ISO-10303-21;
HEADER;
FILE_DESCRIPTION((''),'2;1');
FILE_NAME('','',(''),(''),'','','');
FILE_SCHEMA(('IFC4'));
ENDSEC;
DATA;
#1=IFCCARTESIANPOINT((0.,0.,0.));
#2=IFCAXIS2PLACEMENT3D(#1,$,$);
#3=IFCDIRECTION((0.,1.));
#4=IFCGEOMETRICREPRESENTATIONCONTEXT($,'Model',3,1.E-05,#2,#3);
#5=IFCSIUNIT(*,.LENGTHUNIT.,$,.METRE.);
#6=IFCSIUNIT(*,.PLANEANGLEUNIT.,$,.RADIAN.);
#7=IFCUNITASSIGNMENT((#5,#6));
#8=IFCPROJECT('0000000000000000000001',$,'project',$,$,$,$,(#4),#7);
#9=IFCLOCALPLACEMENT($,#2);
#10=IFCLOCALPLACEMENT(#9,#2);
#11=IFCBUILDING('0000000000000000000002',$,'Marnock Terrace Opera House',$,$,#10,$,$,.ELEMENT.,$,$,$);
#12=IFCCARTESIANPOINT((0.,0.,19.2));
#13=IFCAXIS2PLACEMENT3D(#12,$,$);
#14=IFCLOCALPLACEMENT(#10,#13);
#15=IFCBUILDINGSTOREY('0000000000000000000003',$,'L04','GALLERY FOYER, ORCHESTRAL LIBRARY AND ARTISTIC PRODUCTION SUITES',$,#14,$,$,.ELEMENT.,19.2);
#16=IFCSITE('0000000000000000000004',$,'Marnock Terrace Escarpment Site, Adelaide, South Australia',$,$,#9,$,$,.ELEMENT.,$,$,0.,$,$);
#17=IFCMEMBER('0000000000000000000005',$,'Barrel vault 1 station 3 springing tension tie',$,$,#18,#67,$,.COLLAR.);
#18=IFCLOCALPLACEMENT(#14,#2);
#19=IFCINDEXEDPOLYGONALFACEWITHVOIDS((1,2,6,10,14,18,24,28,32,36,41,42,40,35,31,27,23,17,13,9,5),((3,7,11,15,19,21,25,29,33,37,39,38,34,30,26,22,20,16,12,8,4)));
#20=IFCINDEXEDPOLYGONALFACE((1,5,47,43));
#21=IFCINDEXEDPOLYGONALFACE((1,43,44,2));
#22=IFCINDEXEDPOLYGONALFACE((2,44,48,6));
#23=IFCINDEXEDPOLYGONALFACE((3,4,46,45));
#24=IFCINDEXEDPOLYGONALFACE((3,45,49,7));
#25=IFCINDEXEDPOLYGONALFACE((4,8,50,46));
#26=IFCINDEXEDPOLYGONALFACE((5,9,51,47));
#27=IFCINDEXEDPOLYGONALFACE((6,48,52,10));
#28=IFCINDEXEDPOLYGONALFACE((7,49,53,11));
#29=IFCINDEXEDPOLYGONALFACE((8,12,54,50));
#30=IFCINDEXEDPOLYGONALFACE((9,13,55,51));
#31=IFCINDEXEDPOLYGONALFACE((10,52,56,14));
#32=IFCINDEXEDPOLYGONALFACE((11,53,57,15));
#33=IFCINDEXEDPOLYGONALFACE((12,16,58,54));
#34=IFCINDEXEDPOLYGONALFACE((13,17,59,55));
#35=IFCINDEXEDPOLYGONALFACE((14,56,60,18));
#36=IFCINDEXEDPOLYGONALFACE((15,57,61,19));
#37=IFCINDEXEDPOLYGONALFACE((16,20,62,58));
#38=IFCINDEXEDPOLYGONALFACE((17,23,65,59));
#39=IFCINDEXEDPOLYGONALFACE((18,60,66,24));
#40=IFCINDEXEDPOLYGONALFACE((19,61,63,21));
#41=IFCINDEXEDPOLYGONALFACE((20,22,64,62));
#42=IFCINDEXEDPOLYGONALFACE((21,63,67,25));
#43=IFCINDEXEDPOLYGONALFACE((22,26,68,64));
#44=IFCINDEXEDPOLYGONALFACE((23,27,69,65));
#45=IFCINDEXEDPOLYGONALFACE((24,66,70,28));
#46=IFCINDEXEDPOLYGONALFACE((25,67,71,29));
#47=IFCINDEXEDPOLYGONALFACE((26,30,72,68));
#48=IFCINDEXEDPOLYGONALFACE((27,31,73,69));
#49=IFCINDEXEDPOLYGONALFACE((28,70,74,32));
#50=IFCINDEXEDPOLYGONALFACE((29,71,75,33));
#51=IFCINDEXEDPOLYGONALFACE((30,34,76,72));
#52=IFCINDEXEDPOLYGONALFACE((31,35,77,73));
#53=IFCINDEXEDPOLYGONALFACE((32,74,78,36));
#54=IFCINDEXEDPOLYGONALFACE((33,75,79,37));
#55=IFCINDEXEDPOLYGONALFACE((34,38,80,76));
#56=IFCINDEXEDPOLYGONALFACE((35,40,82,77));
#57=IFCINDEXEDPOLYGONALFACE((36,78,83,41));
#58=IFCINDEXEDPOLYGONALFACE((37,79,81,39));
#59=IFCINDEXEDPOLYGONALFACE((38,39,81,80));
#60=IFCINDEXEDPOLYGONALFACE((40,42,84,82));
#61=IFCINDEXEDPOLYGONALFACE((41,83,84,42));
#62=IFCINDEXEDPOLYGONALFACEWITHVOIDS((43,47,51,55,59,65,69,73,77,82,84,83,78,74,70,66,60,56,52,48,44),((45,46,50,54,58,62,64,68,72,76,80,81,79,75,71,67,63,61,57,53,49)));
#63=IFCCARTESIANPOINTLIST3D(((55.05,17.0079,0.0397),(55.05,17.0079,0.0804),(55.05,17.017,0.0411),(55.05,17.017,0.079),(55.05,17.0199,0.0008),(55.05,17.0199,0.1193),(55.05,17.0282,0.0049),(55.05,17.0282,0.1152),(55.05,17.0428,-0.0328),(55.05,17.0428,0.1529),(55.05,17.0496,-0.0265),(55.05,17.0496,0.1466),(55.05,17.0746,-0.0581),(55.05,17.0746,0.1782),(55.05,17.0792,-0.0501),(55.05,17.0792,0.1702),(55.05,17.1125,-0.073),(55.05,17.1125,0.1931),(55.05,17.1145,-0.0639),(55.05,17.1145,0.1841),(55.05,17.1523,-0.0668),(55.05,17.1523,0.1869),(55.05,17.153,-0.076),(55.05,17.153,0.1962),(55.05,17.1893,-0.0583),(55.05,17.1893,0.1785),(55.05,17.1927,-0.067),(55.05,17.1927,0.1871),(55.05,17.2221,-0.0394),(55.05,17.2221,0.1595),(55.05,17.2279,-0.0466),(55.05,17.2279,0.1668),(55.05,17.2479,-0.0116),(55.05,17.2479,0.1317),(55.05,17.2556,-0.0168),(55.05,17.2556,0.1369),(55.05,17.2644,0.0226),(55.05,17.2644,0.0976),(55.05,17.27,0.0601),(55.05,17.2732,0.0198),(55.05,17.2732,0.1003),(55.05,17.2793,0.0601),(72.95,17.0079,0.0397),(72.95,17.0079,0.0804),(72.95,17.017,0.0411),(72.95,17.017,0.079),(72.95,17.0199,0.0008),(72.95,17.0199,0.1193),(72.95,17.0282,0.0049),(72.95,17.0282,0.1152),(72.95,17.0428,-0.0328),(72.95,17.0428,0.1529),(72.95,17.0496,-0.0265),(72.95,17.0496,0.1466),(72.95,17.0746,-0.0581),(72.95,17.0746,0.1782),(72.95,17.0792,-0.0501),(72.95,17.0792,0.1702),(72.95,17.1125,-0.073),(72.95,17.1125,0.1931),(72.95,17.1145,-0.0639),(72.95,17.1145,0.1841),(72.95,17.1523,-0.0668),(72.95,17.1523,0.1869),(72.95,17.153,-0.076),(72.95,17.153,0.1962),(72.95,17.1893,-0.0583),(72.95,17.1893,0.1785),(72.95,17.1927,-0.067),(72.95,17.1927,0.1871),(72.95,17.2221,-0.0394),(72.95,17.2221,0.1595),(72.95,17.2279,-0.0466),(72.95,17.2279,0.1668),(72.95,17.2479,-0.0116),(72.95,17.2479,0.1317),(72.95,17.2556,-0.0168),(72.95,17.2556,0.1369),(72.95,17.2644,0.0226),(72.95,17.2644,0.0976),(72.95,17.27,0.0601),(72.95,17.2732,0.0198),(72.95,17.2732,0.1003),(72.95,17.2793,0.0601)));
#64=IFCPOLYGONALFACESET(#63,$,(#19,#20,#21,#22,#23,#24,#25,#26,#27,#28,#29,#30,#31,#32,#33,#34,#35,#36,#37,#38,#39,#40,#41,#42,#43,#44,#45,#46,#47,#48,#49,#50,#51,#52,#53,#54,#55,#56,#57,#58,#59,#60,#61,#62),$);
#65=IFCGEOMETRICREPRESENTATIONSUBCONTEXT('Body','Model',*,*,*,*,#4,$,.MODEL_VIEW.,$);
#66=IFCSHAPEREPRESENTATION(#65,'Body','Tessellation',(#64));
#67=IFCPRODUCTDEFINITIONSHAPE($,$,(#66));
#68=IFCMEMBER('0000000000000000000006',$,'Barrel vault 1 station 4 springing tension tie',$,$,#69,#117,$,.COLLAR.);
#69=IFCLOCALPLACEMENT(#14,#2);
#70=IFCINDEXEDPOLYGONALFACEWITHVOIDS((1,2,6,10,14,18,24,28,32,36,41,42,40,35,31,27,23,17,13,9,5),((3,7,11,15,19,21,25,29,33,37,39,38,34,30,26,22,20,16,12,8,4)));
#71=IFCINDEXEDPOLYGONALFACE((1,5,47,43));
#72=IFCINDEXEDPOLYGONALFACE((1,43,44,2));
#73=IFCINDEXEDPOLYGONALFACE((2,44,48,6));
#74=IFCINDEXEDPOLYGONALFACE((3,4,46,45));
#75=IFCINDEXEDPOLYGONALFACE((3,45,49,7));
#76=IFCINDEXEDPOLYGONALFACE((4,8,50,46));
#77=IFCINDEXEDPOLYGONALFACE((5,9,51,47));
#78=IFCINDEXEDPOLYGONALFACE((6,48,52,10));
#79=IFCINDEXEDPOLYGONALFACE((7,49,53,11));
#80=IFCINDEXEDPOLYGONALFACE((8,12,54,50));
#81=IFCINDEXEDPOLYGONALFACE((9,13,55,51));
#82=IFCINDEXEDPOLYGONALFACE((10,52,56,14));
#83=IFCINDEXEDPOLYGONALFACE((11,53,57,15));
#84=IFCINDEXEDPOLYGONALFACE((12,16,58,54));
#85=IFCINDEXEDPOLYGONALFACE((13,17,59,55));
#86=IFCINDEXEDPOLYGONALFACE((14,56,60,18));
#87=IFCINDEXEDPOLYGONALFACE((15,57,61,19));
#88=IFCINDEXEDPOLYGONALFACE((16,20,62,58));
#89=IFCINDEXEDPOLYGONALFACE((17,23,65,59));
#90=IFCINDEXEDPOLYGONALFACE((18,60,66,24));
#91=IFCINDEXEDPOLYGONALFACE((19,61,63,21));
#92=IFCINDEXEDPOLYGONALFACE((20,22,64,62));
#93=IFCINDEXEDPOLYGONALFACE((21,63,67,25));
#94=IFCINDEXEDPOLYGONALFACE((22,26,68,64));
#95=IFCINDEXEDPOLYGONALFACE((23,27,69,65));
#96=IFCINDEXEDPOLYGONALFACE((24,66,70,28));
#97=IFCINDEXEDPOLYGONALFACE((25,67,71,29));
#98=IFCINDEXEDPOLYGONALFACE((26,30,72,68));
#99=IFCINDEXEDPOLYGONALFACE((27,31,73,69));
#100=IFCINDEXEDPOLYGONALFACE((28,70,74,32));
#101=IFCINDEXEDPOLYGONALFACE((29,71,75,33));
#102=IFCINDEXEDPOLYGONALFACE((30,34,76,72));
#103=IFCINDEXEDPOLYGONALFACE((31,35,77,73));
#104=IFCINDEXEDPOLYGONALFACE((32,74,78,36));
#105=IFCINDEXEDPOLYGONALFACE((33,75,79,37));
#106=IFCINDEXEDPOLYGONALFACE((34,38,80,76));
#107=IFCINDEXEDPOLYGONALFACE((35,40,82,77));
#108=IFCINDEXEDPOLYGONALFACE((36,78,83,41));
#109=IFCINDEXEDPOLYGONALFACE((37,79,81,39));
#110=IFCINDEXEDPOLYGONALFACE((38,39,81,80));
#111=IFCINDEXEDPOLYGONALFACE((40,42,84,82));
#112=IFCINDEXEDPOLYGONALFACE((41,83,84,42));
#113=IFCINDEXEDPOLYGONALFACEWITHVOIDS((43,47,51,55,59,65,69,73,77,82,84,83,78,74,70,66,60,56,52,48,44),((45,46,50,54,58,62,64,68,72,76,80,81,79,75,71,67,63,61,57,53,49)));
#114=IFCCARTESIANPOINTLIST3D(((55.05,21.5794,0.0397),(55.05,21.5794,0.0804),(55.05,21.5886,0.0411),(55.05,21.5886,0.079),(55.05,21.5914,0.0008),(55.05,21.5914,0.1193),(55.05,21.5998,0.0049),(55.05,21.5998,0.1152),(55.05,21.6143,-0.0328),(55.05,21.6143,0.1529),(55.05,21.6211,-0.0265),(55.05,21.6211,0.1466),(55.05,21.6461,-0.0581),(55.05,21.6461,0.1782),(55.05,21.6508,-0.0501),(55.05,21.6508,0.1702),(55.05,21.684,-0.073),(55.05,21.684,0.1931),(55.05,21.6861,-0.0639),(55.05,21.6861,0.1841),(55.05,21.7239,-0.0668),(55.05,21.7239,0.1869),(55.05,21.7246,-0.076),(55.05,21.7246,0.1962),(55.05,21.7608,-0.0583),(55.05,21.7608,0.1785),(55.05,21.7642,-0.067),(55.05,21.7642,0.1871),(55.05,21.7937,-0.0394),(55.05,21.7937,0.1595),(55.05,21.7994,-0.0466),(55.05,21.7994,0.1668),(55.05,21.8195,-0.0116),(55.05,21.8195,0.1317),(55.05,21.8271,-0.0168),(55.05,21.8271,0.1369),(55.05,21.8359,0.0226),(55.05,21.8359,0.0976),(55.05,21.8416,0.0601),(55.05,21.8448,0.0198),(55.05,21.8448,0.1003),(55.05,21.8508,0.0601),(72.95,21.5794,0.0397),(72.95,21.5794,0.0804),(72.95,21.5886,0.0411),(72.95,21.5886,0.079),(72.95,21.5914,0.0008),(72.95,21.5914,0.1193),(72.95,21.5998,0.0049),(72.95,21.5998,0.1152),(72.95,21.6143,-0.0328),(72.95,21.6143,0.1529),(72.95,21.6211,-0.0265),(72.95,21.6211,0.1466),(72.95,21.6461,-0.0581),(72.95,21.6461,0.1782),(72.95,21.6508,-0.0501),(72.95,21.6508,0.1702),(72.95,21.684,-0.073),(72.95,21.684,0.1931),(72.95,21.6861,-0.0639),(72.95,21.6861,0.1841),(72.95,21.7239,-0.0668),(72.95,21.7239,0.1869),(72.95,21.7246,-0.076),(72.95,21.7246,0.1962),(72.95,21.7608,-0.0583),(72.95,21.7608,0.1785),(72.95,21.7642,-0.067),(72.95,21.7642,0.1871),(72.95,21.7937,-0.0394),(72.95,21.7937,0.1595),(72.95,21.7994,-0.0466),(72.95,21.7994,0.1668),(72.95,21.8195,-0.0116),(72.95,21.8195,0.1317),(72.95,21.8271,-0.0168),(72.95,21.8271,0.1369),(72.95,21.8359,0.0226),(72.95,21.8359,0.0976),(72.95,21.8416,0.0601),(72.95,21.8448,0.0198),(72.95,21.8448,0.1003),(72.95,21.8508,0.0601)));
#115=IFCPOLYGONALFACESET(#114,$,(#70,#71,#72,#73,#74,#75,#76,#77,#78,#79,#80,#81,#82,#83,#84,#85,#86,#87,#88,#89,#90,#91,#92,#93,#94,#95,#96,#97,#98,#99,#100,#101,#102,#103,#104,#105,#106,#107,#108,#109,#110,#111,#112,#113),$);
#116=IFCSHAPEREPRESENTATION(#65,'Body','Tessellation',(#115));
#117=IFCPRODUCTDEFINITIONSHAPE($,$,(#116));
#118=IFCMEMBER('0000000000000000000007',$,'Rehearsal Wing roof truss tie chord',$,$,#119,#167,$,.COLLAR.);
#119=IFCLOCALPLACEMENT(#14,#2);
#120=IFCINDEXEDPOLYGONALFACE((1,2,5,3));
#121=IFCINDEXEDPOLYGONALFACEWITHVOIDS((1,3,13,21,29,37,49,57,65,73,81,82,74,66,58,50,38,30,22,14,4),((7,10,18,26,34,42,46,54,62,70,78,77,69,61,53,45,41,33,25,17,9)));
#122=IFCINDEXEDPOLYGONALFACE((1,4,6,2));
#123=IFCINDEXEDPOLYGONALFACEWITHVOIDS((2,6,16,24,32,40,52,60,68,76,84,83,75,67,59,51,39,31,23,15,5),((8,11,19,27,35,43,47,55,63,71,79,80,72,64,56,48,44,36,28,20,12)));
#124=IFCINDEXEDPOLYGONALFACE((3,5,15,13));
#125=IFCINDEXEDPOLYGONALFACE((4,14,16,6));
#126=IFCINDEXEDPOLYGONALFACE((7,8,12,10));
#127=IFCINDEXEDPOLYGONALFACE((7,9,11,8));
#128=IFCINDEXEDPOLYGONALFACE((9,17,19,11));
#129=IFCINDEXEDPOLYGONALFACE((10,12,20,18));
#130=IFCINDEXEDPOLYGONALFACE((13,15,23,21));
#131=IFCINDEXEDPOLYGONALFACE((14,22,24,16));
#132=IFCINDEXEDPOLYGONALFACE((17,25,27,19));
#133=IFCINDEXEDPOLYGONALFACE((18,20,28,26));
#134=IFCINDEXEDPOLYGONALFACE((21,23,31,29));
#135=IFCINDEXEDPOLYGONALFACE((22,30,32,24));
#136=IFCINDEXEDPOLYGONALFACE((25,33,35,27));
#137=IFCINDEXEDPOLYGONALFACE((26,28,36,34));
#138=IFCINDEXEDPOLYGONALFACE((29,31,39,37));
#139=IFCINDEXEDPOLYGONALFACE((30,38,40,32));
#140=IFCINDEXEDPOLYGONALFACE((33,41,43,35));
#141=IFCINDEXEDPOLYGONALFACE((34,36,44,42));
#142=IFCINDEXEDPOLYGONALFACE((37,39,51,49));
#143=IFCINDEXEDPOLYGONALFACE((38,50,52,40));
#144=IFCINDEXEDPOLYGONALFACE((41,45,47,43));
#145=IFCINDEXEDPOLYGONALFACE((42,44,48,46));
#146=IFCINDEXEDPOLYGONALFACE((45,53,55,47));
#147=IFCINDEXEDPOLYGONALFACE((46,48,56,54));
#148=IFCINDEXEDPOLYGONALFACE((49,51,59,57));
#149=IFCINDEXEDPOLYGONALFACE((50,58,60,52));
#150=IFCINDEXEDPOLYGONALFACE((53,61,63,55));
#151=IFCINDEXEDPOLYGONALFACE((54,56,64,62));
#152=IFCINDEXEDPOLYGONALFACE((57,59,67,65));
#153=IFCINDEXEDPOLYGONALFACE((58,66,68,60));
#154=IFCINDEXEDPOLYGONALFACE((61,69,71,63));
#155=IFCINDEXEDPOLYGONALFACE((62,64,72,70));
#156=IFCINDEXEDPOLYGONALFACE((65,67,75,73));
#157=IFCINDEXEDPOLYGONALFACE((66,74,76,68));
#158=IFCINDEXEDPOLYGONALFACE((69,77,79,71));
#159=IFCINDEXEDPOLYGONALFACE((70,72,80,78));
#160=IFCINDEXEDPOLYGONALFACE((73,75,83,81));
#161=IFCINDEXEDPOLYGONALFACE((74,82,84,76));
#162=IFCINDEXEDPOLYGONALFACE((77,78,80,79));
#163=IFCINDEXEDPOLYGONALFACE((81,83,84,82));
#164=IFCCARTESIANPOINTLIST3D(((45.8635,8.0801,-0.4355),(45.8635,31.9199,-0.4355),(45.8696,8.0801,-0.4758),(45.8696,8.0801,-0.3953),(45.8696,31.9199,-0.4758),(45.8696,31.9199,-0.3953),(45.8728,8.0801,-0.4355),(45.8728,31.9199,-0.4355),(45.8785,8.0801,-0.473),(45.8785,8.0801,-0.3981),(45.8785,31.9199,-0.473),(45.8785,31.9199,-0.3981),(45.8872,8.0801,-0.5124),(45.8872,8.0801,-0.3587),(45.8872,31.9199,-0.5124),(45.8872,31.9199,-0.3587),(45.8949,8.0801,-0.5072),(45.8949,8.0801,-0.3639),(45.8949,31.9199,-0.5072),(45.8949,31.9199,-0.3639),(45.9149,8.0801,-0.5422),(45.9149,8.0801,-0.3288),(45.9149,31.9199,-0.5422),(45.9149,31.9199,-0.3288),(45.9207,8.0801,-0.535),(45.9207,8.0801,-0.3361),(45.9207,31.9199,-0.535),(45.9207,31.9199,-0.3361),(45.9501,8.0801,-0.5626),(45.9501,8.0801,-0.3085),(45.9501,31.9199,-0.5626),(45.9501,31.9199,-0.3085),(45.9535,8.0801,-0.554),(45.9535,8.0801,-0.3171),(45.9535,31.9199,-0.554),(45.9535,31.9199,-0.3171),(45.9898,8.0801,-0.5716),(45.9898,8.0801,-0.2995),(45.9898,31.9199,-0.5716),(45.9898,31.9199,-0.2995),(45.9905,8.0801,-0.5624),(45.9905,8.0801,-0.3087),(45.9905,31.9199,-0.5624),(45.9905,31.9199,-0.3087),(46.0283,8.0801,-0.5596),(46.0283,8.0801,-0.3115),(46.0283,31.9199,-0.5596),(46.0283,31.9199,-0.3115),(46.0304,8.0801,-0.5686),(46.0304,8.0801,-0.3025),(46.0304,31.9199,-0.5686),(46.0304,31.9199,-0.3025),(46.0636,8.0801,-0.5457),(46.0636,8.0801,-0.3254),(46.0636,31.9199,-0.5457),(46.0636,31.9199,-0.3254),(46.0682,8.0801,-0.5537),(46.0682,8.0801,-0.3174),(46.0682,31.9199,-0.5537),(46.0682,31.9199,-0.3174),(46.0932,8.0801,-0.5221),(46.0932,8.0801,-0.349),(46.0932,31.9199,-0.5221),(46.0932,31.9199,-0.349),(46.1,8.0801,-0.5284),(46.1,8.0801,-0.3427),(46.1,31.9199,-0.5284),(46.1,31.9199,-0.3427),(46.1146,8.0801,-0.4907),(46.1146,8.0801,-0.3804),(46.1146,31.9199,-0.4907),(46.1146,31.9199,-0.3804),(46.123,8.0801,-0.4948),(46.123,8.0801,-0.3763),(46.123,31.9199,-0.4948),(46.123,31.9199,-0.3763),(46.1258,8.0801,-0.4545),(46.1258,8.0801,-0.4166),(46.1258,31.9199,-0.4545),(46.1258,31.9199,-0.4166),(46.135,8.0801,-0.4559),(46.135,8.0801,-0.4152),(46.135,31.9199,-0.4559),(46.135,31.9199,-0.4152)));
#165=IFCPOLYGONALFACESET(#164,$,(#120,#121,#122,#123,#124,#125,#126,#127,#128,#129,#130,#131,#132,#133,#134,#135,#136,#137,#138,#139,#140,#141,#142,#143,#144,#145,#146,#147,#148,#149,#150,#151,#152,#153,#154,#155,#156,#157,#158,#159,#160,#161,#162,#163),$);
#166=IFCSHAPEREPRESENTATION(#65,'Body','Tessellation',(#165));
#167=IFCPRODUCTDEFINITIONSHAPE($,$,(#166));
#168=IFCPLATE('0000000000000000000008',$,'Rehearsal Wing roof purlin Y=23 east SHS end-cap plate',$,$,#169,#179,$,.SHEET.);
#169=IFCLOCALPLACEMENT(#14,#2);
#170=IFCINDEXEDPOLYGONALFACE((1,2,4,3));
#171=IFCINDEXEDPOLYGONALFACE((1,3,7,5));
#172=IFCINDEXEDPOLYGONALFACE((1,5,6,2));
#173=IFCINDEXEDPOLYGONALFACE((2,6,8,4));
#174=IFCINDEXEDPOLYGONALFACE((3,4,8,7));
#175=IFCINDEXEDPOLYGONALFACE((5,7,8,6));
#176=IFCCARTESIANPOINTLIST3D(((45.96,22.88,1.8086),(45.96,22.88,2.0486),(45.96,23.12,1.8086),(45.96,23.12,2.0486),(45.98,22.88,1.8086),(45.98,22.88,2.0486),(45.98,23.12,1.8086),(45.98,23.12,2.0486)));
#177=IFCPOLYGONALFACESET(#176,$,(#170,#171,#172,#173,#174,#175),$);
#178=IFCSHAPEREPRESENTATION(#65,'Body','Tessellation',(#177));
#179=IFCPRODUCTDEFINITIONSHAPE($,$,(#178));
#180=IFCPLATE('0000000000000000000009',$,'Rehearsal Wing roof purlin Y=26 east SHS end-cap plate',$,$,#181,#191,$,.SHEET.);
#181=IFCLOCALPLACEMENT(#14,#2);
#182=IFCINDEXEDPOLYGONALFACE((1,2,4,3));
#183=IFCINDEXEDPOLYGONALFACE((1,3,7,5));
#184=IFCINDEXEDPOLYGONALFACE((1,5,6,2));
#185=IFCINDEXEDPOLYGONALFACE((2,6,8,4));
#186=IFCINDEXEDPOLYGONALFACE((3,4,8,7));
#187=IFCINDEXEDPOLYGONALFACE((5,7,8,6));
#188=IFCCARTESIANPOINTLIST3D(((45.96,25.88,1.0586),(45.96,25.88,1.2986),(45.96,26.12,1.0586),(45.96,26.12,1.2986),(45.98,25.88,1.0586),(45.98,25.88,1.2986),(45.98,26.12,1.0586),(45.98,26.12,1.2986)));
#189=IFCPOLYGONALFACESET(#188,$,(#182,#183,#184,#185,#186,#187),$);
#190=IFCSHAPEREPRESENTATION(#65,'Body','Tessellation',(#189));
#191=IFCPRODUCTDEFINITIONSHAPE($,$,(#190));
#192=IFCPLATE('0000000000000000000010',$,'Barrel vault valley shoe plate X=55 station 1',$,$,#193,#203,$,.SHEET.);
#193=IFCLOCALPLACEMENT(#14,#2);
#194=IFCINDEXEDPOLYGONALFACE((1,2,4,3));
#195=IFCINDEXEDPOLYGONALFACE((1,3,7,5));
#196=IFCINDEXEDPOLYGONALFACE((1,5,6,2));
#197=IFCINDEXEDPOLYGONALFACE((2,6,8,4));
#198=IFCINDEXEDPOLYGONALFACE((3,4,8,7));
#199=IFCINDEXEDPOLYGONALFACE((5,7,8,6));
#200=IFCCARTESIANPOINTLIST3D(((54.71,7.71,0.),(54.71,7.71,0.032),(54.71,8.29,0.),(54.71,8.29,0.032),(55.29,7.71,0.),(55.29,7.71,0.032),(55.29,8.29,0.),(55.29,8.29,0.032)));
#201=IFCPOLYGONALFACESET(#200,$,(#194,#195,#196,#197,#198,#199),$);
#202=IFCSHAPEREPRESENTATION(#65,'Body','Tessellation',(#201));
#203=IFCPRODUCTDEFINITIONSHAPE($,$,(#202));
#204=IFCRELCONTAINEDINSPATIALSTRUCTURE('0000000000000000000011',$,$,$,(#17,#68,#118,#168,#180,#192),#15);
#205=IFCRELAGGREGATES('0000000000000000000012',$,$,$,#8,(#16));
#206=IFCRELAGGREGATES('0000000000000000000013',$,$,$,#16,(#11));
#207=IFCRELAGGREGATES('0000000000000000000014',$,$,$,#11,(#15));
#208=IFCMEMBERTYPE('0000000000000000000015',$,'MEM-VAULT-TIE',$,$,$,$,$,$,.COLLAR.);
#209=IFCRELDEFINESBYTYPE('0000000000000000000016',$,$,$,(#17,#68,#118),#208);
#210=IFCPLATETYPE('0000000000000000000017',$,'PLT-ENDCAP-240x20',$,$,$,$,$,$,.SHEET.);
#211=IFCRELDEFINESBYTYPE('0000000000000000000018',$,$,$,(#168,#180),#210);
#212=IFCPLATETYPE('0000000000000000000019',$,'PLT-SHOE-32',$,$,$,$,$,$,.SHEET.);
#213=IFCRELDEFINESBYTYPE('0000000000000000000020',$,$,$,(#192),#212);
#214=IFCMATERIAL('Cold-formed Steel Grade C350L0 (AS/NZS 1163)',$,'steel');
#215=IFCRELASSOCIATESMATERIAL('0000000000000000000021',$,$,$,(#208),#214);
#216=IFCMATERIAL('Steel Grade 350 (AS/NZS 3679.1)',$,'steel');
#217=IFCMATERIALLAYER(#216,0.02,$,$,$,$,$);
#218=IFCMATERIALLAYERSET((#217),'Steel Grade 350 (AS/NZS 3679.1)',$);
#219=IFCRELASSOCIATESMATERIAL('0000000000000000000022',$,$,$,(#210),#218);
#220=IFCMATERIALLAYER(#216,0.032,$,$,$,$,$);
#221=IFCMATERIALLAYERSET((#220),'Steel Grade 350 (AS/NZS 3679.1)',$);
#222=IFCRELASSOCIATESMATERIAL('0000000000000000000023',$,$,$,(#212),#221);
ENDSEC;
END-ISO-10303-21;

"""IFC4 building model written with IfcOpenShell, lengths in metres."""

from ifc_helpers import new_model, si_unit, direction, frame, origin, origin_2d, place, context, subcontext, project, spatial, rectangle, hollow_circle, extrude, material, layer, layer_set, material_profile, profile_set, type_object, element, save


model = new_model("IFC4")

# Units and contexts
model_context = context("Model", 3, precision=1e-05, world=origin(), true_north=direction((0.0, 1.0)))
body_context = subcontext(model_context, "Body", "Model", "MODEL_VIEW")
ifc_project = project(units=[si_unit("LENGTHUNIT", "METRE"), si_unit("PLANEANGLEUNIT", "RADIAN")], contexts=[model_context])

# Site, building, storey
site_placement = place(None, origin())
site = spatial("IfcSite", under=ifc_project, at=site_placement, Name="Marnock Terrace Escarpment Site, Adelaide, South Australia", CompositionType="ELEMENT", RefElevation=0.0)
building_placement = place(site_placement, origin())
building = spatial("IfcBuilding", under=site, at=building_placement, Name="Marnock Terrace Opera House", CompositionType="ELEMENT")
storey_placement = place(building_placement, frame((0.0, 0.0, 19.2)))
storey = spatial("IfcBuildingStorey", under=building, at=storey_placement, Name="L04", Description="GALLERY FOYER, ORCHESTRAL LIBRARY AND ARTISTIC PRODUCTION SUITES", CompositionType="ELEMENT", Elevation=19.2)

# Shared definitions
ifc_material_1 = material(Name="Steel Grade 350 (AS/NZS 3679.1)", Category="steel")

# Members
ifc_material_2 = material(Name="Cold-formed Steel Grade C350L0 (AS/NZS 1163)", Category="steel")
ifc_material_profile_1 = material_profile(ifc_material_2, hollow_circle(Radius=0.1365, WallThickness=0.0093, at=origin_2d()))
ifc_profile_set_1 = profile_set([ifc_material_profile_1], Name="Cold-formed Steel Grade C350L0 (AS/NZS 1163)")
member_type_1 = type_object("IfcMemberType", Name="MEM-VAULT-TIE", PredefinedType="COLLAR", material=ifc_profile_set_1)
for number, where, z_axis, x_axis, name in (
    (1, (55.05, 17.1428, 0.0601), (1.0, 0.0, 0.0), (0.0, 1.0, 0.0), "Barrel vault 1 station 3 springing tension tie"),
    (2, (55.05, 21.7144, 0.0601), (1.0, 0.0, 0.0), (0.0, 1.0, 0.0), "Barrel vault 1 station 4 springing tension tie"),
):
    element("IfcMember", number, at=place(storey_placement, frame(where, z_axis=z_axis, x_axis=x_axis)), inside=storey, type_object=member_type_1, Name=name, PredefinedType="COLLAR", context=body_context, shape_type="SweptSolid", body=[
        extrude(hollow_circle(Radius=0.1365, WallThickness=0.0093, at=origin_2d()), origin(), (0.0, 0.0, 1.0), 17.8999),
    ])
member_1_placement = place(storey_placement, frame((46.0, 8.0801, -0.4355), z_axis=(0.0, 1.0, 0.0), x_axis=(-1.0, 0.0, 0.0)))
element("IfcMember", 3, at=member_1_placement, inside=storey, type_object=member_type_1, Name="Rehearsal Wing roof truss tie chord", PredefinedType="COLLAR", context=body_context, shape_type="SweptSolid", body=[
    extrude(hollow_circle(Radius=0.1365, WallThickness=0.0093, at=origin_2d()), origin(), (0.0, 0.0, 1.0), 23.8398),
])

# Plates
ifc_layer_1 = layer(ifc_material_1, 0.02)
ifc_layer_set_1 = layer_set([ifc_layer_1], Name="Steel Grade 350 (AS/NZS 3679.1)")
plate_type_1 = type_object("IfcPlateType", Name="PLT-ENDCAP-240x20", PredefinedType="SHEET", material=ifc_layer_set_1)
for number, where, z_axis, x_axis, name in (
    (4, (45.97, 23.0, 1.8086), (0.0, 0.0, 1.0), (1.0, 0.0, 0.0), "Rehearsal Wing roof purlin Y=23 east SHS end-cap plate"),
    (5, (45.97, 26.0, 1.0586), (0.0, 0.0, 1.0), (1.0, 0.0, 0.0), "Rehearsal Wing roof purlin Y=26 east SHS end-cap plate"),
):
    element("IfcPlate", number, at=place(storey_placement, frame(where, z_axis=z_axis, x_axis=x_axis)), inside=storey, type_object=plate_type_1, Name=name, PredefinedType="SHEET", context=body_context, shape_type="SweptSolid", body=[
        extrude(rectangle(XDim=0.02, YDim=0.24, at=origin_2d()), origin(), (0.0, 0.0, 1.0), 0.24),
    ])
ifc_layer_2 = layer(ifc_material_1, 0.032)
ifc_layer_set_2 = layer_set([ifc_layer_2], Name="Steel Grade 350 (AS/NZS 3679.1)")
plate_type_2 = type_object("IfcPlateType", Name="PLT-SHOE-32", PredefinedType="SHEET", material=ifc_layer_set_2)
for number, where, z_axis, x_axis, name in (
    (6, (55.0, 8.0, 0.0), (0.0, 0.0, 1.0), (1.0, 0.0, 0.0), "Barrel vault valley shoe plate X=55 station 1"),
):
    element("IfcPlate", number, at=place(storey_placement, frame(where, z_axis=z_axis, x_axis=x_axis)), inside=storey, type_object=plate_type_2, Name=name, PredefinedType="SHEET", context=body_context, shape_type="SweptSolid", body=[
        extrude(rectangle(XDim=0.5801, YDim=0.5801, at=origin_2d()), origin(), (0.0, 0.0, 1.0), 0.032),
    ])

save(model, "model.ifc")
